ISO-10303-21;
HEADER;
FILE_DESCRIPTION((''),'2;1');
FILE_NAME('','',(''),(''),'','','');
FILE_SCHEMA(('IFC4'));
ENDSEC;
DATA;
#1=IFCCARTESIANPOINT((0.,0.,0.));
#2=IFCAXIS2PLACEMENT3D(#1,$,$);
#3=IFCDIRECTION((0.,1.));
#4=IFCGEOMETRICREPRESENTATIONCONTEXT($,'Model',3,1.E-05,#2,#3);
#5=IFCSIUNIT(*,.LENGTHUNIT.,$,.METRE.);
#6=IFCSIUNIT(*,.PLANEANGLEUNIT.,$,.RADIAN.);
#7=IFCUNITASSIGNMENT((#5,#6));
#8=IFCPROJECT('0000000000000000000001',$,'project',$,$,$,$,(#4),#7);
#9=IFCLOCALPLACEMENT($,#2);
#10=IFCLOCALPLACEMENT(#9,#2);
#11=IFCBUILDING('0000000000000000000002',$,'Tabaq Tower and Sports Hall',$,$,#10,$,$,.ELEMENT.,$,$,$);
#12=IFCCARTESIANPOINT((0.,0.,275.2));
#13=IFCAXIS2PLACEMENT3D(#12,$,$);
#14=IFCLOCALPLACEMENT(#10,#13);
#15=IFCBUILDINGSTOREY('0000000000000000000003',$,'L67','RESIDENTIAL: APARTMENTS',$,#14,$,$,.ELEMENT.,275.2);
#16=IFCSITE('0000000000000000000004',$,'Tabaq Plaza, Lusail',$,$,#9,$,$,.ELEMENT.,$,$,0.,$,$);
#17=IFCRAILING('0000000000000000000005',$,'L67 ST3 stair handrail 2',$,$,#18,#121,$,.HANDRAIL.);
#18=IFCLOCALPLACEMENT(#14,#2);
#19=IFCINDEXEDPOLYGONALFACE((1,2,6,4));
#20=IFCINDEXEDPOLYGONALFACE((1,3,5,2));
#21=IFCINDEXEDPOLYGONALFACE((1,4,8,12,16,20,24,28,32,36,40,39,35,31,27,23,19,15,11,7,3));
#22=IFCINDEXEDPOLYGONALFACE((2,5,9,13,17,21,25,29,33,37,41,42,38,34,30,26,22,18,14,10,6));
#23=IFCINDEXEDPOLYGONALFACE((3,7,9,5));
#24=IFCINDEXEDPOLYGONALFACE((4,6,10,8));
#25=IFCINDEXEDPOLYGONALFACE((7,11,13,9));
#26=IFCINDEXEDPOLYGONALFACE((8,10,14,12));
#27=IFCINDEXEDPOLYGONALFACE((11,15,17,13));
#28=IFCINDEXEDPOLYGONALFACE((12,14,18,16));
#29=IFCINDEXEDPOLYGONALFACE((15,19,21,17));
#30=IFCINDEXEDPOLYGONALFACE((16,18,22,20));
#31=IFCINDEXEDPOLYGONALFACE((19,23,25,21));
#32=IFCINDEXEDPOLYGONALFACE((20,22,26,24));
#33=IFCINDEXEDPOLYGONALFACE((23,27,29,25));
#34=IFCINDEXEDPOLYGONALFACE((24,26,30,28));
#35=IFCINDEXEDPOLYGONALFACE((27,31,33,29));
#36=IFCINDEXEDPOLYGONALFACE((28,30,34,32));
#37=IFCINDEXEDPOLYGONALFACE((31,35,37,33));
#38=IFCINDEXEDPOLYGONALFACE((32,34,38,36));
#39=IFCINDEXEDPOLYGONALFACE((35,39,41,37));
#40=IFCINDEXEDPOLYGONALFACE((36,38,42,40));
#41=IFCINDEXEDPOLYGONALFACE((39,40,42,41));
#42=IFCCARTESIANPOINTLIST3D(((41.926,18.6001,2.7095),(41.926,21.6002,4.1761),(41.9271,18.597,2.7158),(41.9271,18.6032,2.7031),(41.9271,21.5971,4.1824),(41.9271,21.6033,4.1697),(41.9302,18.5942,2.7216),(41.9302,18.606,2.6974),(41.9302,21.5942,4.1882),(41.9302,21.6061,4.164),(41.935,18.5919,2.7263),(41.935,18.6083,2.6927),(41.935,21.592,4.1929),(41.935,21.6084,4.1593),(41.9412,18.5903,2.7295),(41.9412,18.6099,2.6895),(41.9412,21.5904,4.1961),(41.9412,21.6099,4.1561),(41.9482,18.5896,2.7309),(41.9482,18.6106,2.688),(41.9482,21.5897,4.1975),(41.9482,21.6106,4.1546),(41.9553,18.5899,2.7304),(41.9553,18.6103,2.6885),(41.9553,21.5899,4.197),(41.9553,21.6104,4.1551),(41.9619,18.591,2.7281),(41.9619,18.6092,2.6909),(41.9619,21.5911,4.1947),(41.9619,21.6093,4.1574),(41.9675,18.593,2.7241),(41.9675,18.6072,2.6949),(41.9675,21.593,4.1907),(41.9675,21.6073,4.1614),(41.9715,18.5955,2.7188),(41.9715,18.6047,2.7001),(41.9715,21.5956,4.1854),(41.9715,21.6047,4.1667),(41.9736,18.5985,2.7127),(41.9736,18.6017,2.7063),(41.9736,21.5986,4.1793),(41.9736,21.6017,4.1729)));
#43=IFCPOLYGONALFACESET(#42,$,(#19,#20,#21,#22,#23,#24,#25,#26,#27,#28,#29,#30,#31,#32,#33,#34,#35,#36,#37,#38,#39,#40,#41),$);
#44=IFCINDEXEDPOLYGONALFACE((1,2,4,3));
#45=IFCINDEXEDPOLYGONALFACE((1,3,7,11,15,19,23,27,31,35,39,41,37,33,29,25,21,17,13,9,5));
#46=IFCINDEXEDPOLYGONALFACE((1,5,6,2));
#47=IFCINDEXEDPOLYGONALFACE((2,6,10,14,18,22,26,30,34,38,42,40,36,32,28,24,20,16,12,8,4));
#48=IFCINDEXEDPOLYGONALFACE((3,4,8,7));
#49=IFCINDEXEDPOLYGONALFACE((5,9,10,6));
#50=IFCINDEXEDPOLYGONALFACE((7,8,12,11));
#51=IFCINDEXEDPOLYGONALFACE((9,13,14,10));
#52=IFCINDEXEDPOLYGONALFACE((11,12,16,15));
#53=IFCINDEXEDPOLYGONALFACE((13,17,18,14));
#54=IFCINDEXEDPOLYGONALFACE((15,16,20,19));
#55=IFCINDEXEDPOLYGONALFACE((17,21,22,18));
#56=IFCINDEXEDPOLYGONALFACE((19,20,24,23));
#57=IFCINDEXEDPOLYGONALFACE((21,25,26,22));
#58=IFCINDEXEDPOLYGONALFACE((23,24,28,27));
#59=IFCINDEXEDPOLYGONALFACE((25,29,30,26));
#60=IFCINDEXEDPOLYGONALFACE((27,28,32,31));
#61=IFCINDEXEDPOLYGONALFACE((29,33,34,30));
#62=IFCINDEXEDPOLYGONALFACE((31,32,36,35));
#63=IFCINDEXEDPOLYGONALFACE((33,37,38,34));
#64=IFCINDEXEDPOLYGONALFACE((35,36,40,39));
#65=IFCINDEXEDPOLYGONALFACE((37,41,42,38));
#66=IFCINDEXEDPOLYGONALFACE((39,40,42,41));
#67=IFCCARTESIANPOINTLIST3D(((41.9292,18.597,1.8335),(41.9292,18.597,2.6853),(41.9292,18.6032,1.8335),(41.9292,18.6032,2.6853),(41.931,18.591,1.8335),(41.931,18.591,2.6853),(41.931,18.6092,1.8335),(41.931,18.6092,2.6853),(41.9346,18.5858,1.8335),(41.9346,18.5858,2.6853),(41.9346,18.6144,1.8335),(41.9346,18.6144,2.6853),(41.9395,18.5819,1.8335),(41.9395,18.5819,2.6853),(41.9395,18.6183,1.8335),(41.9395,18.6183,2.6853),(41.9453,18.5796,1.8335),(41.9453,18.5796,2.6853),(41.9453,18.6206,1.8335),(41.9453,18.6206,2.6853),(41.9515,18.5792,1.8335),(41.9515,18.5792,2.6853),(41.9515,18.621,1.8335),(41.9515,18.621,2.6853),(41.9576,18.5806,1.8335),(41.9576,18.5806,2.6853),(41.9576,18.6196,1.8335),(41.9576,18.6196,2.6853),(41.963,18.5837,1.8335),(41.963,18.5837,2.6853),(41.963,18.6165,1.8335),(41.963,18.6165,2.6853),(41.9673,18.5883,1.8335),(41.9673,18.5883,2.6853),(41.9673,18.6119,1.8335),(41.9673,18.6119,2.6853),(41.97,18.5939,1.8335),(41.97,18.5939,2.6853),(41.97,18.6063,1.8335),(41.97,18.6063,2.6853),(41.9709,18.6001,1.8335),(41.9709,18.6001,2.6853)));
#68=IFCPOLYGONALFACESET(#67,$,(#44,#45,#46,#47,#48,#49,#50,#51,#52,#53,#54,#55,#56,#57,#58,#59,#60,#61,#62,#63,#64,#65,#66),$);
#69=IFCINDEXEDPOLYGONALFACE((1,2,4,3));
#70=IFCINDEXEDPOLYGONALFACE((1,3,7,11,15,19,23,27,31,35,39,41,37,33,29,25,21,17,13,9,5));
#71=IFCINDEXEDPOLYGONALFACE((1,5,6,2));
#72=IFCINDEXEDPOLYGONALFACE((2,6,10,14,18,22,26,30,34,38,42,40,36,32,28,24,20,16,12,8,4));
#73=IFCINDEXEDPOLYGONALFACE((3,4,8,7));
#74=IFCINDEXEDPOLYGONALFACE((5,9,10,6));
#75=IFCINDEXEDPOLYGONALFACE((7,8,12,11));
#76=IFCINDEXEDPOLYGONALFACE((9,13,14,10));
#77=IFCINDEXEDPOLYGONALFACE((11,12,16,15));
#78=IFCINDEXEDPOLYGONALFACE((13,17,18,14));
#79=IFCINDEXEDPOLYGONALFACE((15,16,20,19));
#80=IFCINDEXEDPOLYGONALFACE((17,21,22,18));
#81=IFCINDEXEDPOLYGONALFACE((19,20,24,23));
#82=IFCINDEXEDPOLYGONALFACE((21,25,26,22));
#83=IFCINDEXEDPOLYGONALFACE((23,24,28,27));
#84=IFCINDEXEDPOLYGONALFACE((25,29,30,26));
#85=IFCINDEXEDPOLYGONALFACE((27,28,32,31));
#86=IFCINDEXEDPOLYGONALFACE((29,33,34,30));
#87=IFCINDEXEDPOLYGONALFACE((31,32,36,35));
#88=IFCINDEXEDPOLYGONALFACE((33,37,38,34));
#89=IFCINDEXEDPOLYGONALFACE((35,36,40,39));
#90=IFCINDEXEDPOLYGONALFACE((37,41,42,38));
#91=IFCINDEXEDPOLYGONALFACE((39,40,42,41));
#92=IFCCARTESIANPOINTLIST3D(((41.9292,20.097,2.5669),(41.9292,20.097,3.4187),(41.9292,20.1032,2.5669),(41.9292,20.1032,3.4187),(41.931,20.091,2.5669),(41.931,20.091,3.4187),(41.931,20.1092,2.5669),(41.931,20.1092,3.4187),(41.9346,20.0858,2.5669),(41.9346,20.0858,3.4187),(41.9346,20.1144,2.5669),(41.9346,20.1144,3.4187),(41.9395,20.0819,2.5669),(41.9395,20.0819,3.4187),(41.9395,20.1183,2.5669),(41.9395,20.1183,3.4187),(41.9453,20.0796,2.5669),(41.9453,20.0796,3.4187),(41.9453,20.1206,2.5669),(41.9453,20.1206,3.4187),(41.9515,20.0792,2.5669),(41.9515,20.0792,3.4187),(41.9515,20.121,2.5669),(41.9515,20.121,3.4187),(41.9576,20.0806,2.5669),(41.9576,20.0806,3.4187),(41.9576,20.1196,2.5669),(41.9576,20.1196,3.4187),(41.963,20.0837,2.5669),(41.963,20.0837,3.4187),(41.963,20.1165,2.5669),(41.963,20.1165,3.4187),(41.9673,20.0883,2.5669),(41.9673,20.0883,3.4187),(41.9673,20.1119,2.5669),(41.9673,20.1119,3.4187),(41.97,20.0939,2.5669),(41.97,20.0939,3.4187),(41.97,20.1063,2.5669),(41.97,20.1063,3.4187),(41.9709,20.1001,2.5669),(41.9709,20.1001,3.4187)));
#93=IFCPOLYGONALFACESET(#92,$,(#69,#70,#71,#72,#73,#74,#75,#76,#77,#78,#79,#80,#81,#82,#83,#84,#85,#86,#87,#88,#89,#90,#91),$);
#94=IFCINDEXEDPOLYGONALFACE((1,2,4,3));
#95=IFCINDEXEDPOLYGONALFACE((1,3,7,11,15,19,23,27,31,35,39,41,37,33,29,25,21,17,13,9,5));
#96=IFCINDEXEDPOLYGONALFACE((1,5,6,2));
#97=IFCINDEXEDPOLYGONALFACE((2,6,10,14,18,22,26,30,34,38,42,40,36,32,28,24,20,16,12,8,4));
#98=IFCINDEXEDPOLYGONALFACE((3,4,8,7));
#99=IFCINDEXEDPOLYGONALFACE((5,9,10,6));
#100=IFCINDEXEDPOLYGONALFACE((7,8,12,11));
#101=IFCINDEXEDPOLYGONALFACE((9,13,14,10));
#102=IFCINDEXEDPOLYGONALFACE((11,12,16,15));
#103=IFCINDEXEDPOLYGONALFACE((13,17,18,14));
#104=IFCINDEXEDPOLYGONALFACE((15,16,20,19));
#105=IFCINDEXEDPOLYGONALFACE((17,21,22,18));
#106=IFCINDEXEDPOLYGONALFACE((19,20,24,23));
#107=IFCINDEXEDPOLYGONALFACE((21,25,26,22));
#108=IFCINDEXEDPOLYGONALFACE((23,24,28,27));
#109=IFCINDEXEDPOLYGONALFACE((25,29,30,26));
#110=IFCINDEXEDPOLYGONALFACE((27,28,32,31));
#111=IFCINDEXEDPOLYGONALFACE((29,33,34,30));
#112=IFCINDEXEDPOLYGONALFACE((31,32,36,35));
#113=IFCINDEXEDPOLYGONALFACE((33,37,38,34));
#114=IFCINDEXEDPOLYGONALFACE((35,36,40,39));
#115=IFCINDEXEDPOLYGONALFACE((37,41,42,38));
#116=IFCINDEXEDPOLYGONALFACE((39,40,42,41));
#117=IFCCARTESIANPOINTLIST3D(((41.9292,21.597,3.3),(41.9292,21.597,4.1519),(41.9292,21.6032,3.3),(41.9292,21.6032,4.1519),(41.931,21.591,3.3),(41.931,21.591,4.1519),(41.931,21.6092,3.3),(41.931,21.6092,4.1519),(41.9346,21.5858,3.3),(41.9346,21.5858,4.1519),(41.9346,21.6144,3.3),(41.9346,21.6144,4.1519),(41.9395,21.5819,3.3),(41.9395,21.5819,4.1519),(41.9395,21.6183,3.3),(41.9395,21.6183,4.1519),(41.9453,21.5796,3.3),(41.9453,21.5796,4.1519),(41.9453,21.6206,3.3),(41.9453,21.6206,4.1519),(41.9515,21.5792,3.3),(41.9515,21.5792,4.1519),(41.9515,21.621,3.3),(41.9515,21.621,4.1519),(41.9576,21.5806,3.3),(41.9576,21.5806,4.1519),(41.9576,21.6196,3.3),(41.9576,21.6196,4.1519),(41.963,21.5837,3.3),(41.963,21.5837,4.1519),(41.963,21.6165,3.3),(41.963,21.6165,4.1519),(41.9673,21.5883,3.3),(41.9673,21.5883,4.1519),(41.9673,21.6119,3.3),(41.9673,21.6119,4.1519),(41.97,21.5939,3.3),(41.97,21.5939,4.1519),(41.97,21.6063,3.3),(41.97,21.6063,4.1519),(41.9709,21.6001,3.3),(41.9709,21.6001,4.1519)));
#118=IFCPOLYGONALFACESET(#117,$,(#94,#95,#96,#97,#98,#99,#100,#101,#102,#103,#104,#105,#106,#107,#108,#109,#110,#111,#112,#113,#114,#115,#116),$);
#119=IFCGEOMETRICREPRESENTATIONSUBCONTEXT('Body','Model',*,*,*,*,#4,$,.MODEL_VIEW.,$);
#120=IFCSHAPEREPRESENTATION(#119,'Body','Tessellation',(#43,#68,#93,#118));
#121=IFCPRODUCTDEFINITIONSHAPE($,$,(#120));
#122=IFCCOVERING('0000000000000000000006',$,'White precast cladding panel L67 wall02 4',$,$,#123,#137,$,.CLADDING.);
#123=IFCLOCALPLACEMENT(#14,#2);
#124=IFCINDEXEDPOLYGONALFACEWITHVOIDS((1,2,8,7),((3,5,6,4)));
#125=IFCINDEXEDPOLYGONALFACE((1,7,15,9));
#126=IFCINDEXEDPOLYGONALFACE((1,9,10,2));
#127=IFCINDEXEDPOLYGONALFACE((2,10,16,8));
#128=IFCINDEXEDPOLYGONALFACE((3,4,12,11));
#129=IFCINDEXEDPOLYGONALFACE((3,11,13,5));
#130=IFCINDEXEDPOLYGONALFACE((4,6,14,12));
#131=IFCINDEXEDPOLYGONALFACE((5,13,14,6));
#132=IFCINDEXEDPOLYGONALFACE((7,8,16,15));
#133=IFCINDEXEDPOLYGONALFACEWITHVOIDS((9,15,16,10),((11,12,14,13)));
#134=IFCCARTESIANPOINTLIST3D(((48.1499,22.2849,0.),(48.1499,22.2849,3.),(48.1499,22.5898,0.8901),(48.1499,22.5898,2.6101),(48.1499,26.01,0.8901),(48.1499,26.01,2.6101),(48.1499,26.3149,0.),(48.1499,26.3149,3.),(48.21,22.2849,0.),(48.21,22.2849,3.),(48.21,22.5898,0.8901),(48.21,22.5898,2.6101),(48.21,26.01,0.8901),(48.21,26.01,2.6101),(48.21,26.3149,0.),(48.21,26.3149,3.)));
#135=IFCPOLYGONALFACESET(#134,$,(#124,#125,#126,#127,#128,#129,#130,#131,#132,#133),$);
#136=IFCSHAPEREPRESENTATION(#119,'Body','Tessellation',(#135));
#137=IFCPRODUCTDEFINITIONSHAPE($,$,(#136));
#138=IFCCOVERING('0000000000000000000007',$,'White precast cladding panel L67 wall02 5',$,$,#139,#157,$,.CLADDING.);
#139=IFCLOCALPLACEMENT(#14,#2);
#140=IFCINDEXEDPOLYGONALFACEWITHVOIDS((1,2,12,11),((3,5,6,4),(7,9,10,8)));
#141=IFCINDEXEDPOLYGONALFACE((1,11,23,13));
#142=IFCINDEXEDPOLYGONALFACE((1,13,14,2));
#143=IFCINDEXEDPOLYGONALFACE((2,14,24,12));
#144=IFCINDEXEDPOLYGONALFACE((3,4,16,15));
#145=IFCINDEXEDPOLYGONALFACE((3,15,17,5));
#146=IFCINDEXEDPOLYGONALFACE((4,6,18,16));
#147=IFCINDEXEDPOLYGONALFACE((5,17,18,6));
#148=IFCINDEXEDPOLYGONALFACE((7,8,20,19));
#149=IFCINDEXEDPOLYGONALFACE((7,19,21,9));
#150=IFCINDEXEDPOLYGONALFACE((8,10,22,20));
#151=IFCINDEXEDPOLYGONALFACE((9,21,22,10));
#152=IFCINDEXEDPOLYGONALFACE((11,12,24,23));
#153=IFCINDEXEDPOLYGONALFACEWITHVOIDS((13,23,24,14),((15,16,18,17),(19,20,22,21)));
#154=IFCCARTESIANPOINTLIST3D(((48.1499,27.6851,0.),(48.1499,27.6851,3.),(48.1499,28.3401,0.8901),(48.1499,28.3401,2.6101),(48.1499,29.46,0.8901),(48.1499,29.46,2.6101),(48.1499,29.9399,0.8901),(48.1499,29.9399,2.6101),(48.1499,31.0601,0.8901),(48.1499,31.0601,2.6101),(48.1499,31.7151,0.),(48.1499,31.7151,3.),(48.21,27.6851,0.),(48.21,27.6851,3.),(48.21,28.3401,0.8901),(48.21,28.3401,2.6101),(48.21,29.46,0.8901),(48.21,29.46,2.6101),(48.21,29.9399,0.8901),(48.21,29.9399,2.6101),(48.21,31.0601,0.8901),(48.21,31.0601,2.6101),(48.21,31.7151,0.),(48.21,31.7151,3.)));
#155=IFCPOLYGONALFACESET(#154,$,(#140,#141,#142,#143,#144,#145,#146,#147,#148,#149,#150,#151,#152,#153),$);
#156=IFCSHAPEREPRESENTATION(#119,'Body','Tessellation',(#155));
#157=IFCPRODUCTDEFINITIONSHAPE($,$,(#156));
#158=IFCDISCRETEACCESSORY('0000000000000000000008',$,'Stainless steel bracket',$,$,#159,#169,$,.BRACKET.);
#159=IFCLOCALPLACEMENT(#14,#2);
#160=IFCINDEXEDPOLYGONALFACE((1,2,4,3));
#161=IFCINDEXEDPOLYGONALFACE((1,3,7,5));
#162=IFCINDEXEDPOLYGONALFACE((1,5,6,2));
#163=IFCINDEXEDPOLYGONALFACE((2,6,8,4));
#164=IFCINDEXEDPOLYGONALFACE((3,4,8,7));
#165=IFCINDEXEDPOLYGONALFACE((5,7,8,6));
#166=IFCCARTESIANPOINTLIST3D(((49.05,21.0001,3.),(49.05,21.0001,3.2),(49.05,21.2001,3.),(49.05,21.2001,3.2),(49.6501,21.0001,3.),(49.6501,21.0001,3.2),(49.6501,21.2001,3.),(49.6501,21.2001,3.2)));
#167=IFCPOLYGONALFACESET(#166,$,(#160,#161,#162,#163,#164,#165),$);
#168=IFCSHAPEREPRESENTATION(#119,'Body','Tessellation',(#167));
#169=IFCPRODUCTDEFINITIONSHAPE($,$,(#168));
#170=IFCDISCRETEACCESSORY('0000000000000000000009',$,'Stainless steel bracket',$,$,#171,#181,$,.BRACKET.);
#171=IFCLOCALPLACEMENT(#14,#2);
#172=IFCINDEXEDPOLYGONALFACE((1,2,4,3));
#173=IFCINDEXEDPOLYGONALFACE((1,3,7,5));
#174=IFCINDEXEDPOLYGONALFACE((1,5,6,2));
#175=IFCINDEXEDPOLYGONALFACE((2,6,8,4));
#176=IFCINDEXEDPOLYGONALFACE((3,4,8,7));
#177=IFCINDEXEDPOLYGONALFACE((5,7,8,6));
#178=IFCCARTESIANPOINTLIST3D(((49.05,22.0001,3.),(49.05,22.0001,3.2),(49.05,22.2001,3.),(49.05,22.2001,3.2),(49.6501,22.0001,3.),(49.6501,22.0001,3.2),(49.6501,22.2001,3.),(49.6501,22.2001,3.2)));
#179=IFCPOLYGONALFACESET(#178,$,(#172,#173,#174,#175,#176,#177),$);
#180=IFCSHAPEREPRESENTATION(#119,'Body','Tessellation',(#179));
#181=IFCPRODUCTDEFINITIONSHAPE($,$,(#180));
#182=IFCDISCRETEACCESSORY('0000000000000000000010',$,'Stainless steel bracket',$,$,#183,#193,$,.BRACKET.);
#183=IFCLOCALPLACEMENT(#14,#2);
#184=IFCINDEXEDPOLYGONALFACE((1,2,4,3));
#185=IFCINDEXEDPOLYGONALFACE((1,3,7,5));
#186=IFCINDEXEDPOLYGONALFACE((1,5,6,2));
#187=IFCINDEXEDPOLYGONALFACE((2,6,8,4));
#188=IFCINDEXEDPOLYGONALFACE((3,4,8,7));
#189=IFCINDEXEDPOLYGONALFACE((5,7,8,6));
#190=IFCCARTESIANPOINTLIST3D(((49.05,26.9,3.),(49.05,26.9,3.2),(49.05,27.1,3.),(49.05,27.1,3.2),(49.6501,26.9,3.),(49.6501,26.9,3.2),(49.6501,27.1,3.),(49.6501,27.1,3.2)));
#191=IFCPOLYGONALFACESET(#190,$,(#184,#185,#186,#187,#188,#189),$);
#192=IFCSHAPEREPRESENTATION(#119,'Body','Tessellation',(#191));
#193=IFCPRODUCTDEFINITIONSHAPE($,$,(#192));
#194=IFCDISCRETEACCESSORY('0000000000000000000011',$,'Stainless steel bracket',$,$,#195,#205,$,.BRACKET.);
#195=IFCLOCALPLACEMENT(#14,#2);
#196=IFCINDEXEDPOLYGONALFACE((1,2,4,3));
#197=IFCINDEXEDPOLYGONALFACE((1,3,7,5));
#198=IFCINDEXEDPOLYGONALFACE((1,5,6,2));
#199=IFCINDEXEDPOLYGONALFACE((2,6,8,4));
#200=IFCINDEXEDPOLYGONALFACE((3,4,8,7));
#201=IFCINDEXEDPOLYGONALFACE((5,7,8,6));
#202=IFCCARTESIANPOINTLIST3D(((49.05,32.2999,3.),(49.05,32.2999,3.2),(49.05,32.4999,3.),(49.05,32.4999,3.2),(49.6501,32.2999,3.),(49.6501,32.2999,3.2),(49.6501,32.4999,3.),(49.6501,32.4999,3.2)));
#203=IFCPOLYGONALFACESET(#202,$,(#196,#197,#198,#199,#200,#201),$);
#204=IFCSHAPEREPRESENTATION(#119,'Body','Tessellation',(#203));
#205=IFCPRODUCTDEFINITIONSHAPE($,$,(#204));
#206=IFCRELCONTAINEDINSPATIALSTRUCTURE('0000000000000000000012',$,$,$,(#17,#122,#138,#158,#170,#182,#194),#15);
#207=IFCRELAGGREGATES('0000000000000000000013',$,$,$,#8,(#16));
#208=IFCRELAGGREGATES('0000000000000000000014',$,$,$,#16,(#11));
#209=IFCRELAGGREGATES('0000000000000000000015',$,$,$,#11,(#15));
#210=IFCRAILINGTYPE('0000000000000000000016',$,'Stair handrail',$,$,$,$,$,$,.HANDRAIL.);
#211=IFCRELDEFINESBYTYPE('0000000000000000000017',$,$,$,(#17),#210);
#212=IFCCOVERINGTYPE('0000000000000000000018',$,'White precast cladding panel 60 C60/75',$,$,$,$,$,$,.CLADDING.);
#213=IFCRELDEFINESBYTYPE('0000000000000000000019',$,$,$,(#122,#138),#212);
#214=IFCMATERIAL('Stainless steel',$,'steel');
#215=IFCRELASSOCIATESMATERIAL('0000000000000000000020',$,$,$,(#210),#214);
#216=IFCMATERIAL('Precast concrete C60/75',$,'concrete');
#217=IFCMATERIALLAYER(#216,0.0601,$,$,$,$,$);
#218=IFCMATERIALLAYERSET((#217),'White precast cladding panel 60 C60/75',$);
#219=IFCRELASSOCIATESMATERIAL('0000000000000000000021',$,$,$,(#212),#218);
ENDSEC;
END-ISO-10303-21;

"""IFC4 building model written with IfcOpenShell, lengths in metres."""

from ifc_helpers import new_model, si_unit, direction, frame, origin, origin_2d, place, context, subcontext, project, spatial, polyline, rectangle, circle, outline, extrude, material, layer, layer_set, type_object, element, save


model = new_model("IFC4")

# Units and contexts
model_context = context("Model", 3, precision=1e-05, world=origin(), true_north=direction((0.0, 1.0)))
body_context = subcontext(model_context, "Body", "Model", "MODEL_VIEW")
ifc_project = project(units=[si_unit("LENGTHUNIT", "METRE"), si_unit("PLANEANGLEUNIT", "RADIAN")], contexts=[model_context])

# Site, building, storey
site_placement = place(None, origin())
site = spatial("IfcSite", under=ifc_project, at=site_placement, Name="Tabaq Plaza, Lusail", CompositionType="ELEMENT", RefElevation=0.0)
building_placement = place(site_placement, origin())
building = spatial("IfcBuilding", under=site, at=building_placement, Name="Tabaq Tower and Sports Hall", CompositionType="ELEMENT")
storey_placement = place(building_placement, frame((0.0, 0.0, 275.2)))
storey = spatial("IfcBuildingStorey", under=building, at=storey_placement, Name="L67", Description="RESIDENTIAL: APARTMENTS", CompositionType="ELEMENT", Elevation=275.2)

# Railing
ifc_material_1 = material(Name="Stainless steel", Category="steel")
railing_type_1 = type_object("IfcRailingType", Name="Stair handrail", PredefinedType="HANDRAIL", material=ifc_material_1)
railing_1_placement = place(storey_placement, frame((41.95, 18.6001, 1.8335)))
element("IfcRailing", 1, at=railing_1_placement, inside=storey, type_object=railing_type_1, Name="L67 ST3 stair handrail 2", PredefinedType="HANDRAIL", context=body_context, shape_type="SweptSolid", body=[
    extrude(circle(Radius=0.0239, at=origin_2d()), frame((0.0, 0.0, 0.876), z_axis=(0.0, 0.898398, 0.439183), x_axis=(-1.0, 0.0, 0.0)), (0.0, 0.0, 1.0), 3.3394),
    extrude(circle(Radius=0.021, at=origin_2d()), origin(), (0.0, 0.0, 1.0), 0.8518),
    extrude(circle(Radius=0.021, at=origin_2d()), frame((0.0, 1.5, 0.7334)), (0.0, 0.0, 1.0), 0.8518),
    extrude(circle(Radius=0.021, at=origin_2d()), frame((0.0, 3.0, 1.4666)), (0.0, 0.0, 1.0), 0.8518),
])

# Coverings
ifc_material_2 = material(Name="Precast concrete C60/75", Category="concrete")
ifc_layer_1 = layer(ifc_material_2, 0.0601)
ifc_layer_set_1 = layer_set([ifc_layer_1], Name="White precast cladding panel 60 C60/75")
covering_type_1 = type_object("IfcCoveringType", Name="White precast cladding panel 60 C60/75", PredefinedType="CLADDING", material=ifc_layer_set_1)
covering_1_placement = place(storey_placement, frame((48.1799, 22.2849, 0.0), z_axis=(0.0, 0.0, 1.0), x_axis=(0.0, 1.0, 0.0)))
element("IfcCovering", 2, at=covering_1_placement, inside=storey, type_object=covering_type_1, Name="White precast cladding panel L67 wall02 4", PredefinedType="CLADDING", context=body_context, shape_type="SweptSolid", body=[
    extrude(outline(polyline([(0.0, 0.0), (4.03, 0.0), (4.03, 3.0), (0.0, 3.0), (0.0, 0.0)]), holes=[polyline([(0.3049, 0.8901), (0.3049, 2.6101), (3.7251, 2.6101), (3.7251, 0.8901), (0.3049, 0.8901)])]), frame((0.0, 0.03, 0.0), z_axis=(0.0, -1.0, 0.0), x_axis=(1.0, 0.0, 0.0)), (0.0, 0.0, 1.0), 0.0601),
])
covering_2_placement = place(storey_placement, frame((48.1799, 27.6851, 0.0), z_axis=(0.0, 0.0, 1.0), x_axis=(0.0, 1.0, 0.0)))
element("IfcCovering", 3, at=covering_2_placement, inside=storey, type_object=covering_type_1, Name="White precast cladding panel L67 wall02 5", PredefinedType="CLADDING", context=body_context, shape_type="SweptSolid", body=[
    extrude(outline(polyline([(0.0, 0.0), (4.03, 0.0), (4.03, 3.0), (0.0, 3.0), (0.0, 0.0)]), holes=[polyline([(0.655, 2.6101), (1.7749, 2.6101), (1.7749, 0.8901), (0.655, 0.8901), (0.655, 2.6101)]), polyline([(2.2549, 2.6101), (3.375, 2.6101), (3.375, 0.8901), (2.2549, 0.8901), (2.2549, 2.6101)])]), frame((0.0, 0.03, 0.0), z_axis=(0.0, -1.0, 0.0), x_axis=(1.0, 0.0, 0.0)), (0.0, 0.0, 1.0), 0.0601),
])

# Discrete accessories
for number, where, z_axis, x_axis, name in (
    (4, (49.3501, 21.1001, 3.0), (0.0, 0.0, 1.0), (1.0, 0.0, 0.0), "Stainless steel bracket"),
    (5, (49.3501, 22.1001, 3.0), (0.0, 0.0, 1.0), (1.0, 0.0, 0.0), "Stainless steel bracket"),
    (6, (49.3501, 27.0, 3.0), (0.0, 0.0, 1.0), (1.0, 0.0, 0.0), "Stainless steel bracket"),
    (7, (49.3501, 32.3999, 3.0), (0.0, 0.0, 1.0), (1.0, 0.0, 0.0), "Stainless steel bracket"),
):
    element("IfcDiscreteAccessory", number, at=place(storey_placement, frame(where, z_axis=z_axis, x_axis=x_axis)), inside=storey, Name=name, PredefinedType="BRACKET", context=body_context, shape_type="SweptSolid", body=[
        extrude(rectangle(XDim=0.6001, YDim=0.2, at=origin_2d()), origin(), (0.0, 0.0, 1.0), 0.2),
    ])

save(model, "model.ifc")
